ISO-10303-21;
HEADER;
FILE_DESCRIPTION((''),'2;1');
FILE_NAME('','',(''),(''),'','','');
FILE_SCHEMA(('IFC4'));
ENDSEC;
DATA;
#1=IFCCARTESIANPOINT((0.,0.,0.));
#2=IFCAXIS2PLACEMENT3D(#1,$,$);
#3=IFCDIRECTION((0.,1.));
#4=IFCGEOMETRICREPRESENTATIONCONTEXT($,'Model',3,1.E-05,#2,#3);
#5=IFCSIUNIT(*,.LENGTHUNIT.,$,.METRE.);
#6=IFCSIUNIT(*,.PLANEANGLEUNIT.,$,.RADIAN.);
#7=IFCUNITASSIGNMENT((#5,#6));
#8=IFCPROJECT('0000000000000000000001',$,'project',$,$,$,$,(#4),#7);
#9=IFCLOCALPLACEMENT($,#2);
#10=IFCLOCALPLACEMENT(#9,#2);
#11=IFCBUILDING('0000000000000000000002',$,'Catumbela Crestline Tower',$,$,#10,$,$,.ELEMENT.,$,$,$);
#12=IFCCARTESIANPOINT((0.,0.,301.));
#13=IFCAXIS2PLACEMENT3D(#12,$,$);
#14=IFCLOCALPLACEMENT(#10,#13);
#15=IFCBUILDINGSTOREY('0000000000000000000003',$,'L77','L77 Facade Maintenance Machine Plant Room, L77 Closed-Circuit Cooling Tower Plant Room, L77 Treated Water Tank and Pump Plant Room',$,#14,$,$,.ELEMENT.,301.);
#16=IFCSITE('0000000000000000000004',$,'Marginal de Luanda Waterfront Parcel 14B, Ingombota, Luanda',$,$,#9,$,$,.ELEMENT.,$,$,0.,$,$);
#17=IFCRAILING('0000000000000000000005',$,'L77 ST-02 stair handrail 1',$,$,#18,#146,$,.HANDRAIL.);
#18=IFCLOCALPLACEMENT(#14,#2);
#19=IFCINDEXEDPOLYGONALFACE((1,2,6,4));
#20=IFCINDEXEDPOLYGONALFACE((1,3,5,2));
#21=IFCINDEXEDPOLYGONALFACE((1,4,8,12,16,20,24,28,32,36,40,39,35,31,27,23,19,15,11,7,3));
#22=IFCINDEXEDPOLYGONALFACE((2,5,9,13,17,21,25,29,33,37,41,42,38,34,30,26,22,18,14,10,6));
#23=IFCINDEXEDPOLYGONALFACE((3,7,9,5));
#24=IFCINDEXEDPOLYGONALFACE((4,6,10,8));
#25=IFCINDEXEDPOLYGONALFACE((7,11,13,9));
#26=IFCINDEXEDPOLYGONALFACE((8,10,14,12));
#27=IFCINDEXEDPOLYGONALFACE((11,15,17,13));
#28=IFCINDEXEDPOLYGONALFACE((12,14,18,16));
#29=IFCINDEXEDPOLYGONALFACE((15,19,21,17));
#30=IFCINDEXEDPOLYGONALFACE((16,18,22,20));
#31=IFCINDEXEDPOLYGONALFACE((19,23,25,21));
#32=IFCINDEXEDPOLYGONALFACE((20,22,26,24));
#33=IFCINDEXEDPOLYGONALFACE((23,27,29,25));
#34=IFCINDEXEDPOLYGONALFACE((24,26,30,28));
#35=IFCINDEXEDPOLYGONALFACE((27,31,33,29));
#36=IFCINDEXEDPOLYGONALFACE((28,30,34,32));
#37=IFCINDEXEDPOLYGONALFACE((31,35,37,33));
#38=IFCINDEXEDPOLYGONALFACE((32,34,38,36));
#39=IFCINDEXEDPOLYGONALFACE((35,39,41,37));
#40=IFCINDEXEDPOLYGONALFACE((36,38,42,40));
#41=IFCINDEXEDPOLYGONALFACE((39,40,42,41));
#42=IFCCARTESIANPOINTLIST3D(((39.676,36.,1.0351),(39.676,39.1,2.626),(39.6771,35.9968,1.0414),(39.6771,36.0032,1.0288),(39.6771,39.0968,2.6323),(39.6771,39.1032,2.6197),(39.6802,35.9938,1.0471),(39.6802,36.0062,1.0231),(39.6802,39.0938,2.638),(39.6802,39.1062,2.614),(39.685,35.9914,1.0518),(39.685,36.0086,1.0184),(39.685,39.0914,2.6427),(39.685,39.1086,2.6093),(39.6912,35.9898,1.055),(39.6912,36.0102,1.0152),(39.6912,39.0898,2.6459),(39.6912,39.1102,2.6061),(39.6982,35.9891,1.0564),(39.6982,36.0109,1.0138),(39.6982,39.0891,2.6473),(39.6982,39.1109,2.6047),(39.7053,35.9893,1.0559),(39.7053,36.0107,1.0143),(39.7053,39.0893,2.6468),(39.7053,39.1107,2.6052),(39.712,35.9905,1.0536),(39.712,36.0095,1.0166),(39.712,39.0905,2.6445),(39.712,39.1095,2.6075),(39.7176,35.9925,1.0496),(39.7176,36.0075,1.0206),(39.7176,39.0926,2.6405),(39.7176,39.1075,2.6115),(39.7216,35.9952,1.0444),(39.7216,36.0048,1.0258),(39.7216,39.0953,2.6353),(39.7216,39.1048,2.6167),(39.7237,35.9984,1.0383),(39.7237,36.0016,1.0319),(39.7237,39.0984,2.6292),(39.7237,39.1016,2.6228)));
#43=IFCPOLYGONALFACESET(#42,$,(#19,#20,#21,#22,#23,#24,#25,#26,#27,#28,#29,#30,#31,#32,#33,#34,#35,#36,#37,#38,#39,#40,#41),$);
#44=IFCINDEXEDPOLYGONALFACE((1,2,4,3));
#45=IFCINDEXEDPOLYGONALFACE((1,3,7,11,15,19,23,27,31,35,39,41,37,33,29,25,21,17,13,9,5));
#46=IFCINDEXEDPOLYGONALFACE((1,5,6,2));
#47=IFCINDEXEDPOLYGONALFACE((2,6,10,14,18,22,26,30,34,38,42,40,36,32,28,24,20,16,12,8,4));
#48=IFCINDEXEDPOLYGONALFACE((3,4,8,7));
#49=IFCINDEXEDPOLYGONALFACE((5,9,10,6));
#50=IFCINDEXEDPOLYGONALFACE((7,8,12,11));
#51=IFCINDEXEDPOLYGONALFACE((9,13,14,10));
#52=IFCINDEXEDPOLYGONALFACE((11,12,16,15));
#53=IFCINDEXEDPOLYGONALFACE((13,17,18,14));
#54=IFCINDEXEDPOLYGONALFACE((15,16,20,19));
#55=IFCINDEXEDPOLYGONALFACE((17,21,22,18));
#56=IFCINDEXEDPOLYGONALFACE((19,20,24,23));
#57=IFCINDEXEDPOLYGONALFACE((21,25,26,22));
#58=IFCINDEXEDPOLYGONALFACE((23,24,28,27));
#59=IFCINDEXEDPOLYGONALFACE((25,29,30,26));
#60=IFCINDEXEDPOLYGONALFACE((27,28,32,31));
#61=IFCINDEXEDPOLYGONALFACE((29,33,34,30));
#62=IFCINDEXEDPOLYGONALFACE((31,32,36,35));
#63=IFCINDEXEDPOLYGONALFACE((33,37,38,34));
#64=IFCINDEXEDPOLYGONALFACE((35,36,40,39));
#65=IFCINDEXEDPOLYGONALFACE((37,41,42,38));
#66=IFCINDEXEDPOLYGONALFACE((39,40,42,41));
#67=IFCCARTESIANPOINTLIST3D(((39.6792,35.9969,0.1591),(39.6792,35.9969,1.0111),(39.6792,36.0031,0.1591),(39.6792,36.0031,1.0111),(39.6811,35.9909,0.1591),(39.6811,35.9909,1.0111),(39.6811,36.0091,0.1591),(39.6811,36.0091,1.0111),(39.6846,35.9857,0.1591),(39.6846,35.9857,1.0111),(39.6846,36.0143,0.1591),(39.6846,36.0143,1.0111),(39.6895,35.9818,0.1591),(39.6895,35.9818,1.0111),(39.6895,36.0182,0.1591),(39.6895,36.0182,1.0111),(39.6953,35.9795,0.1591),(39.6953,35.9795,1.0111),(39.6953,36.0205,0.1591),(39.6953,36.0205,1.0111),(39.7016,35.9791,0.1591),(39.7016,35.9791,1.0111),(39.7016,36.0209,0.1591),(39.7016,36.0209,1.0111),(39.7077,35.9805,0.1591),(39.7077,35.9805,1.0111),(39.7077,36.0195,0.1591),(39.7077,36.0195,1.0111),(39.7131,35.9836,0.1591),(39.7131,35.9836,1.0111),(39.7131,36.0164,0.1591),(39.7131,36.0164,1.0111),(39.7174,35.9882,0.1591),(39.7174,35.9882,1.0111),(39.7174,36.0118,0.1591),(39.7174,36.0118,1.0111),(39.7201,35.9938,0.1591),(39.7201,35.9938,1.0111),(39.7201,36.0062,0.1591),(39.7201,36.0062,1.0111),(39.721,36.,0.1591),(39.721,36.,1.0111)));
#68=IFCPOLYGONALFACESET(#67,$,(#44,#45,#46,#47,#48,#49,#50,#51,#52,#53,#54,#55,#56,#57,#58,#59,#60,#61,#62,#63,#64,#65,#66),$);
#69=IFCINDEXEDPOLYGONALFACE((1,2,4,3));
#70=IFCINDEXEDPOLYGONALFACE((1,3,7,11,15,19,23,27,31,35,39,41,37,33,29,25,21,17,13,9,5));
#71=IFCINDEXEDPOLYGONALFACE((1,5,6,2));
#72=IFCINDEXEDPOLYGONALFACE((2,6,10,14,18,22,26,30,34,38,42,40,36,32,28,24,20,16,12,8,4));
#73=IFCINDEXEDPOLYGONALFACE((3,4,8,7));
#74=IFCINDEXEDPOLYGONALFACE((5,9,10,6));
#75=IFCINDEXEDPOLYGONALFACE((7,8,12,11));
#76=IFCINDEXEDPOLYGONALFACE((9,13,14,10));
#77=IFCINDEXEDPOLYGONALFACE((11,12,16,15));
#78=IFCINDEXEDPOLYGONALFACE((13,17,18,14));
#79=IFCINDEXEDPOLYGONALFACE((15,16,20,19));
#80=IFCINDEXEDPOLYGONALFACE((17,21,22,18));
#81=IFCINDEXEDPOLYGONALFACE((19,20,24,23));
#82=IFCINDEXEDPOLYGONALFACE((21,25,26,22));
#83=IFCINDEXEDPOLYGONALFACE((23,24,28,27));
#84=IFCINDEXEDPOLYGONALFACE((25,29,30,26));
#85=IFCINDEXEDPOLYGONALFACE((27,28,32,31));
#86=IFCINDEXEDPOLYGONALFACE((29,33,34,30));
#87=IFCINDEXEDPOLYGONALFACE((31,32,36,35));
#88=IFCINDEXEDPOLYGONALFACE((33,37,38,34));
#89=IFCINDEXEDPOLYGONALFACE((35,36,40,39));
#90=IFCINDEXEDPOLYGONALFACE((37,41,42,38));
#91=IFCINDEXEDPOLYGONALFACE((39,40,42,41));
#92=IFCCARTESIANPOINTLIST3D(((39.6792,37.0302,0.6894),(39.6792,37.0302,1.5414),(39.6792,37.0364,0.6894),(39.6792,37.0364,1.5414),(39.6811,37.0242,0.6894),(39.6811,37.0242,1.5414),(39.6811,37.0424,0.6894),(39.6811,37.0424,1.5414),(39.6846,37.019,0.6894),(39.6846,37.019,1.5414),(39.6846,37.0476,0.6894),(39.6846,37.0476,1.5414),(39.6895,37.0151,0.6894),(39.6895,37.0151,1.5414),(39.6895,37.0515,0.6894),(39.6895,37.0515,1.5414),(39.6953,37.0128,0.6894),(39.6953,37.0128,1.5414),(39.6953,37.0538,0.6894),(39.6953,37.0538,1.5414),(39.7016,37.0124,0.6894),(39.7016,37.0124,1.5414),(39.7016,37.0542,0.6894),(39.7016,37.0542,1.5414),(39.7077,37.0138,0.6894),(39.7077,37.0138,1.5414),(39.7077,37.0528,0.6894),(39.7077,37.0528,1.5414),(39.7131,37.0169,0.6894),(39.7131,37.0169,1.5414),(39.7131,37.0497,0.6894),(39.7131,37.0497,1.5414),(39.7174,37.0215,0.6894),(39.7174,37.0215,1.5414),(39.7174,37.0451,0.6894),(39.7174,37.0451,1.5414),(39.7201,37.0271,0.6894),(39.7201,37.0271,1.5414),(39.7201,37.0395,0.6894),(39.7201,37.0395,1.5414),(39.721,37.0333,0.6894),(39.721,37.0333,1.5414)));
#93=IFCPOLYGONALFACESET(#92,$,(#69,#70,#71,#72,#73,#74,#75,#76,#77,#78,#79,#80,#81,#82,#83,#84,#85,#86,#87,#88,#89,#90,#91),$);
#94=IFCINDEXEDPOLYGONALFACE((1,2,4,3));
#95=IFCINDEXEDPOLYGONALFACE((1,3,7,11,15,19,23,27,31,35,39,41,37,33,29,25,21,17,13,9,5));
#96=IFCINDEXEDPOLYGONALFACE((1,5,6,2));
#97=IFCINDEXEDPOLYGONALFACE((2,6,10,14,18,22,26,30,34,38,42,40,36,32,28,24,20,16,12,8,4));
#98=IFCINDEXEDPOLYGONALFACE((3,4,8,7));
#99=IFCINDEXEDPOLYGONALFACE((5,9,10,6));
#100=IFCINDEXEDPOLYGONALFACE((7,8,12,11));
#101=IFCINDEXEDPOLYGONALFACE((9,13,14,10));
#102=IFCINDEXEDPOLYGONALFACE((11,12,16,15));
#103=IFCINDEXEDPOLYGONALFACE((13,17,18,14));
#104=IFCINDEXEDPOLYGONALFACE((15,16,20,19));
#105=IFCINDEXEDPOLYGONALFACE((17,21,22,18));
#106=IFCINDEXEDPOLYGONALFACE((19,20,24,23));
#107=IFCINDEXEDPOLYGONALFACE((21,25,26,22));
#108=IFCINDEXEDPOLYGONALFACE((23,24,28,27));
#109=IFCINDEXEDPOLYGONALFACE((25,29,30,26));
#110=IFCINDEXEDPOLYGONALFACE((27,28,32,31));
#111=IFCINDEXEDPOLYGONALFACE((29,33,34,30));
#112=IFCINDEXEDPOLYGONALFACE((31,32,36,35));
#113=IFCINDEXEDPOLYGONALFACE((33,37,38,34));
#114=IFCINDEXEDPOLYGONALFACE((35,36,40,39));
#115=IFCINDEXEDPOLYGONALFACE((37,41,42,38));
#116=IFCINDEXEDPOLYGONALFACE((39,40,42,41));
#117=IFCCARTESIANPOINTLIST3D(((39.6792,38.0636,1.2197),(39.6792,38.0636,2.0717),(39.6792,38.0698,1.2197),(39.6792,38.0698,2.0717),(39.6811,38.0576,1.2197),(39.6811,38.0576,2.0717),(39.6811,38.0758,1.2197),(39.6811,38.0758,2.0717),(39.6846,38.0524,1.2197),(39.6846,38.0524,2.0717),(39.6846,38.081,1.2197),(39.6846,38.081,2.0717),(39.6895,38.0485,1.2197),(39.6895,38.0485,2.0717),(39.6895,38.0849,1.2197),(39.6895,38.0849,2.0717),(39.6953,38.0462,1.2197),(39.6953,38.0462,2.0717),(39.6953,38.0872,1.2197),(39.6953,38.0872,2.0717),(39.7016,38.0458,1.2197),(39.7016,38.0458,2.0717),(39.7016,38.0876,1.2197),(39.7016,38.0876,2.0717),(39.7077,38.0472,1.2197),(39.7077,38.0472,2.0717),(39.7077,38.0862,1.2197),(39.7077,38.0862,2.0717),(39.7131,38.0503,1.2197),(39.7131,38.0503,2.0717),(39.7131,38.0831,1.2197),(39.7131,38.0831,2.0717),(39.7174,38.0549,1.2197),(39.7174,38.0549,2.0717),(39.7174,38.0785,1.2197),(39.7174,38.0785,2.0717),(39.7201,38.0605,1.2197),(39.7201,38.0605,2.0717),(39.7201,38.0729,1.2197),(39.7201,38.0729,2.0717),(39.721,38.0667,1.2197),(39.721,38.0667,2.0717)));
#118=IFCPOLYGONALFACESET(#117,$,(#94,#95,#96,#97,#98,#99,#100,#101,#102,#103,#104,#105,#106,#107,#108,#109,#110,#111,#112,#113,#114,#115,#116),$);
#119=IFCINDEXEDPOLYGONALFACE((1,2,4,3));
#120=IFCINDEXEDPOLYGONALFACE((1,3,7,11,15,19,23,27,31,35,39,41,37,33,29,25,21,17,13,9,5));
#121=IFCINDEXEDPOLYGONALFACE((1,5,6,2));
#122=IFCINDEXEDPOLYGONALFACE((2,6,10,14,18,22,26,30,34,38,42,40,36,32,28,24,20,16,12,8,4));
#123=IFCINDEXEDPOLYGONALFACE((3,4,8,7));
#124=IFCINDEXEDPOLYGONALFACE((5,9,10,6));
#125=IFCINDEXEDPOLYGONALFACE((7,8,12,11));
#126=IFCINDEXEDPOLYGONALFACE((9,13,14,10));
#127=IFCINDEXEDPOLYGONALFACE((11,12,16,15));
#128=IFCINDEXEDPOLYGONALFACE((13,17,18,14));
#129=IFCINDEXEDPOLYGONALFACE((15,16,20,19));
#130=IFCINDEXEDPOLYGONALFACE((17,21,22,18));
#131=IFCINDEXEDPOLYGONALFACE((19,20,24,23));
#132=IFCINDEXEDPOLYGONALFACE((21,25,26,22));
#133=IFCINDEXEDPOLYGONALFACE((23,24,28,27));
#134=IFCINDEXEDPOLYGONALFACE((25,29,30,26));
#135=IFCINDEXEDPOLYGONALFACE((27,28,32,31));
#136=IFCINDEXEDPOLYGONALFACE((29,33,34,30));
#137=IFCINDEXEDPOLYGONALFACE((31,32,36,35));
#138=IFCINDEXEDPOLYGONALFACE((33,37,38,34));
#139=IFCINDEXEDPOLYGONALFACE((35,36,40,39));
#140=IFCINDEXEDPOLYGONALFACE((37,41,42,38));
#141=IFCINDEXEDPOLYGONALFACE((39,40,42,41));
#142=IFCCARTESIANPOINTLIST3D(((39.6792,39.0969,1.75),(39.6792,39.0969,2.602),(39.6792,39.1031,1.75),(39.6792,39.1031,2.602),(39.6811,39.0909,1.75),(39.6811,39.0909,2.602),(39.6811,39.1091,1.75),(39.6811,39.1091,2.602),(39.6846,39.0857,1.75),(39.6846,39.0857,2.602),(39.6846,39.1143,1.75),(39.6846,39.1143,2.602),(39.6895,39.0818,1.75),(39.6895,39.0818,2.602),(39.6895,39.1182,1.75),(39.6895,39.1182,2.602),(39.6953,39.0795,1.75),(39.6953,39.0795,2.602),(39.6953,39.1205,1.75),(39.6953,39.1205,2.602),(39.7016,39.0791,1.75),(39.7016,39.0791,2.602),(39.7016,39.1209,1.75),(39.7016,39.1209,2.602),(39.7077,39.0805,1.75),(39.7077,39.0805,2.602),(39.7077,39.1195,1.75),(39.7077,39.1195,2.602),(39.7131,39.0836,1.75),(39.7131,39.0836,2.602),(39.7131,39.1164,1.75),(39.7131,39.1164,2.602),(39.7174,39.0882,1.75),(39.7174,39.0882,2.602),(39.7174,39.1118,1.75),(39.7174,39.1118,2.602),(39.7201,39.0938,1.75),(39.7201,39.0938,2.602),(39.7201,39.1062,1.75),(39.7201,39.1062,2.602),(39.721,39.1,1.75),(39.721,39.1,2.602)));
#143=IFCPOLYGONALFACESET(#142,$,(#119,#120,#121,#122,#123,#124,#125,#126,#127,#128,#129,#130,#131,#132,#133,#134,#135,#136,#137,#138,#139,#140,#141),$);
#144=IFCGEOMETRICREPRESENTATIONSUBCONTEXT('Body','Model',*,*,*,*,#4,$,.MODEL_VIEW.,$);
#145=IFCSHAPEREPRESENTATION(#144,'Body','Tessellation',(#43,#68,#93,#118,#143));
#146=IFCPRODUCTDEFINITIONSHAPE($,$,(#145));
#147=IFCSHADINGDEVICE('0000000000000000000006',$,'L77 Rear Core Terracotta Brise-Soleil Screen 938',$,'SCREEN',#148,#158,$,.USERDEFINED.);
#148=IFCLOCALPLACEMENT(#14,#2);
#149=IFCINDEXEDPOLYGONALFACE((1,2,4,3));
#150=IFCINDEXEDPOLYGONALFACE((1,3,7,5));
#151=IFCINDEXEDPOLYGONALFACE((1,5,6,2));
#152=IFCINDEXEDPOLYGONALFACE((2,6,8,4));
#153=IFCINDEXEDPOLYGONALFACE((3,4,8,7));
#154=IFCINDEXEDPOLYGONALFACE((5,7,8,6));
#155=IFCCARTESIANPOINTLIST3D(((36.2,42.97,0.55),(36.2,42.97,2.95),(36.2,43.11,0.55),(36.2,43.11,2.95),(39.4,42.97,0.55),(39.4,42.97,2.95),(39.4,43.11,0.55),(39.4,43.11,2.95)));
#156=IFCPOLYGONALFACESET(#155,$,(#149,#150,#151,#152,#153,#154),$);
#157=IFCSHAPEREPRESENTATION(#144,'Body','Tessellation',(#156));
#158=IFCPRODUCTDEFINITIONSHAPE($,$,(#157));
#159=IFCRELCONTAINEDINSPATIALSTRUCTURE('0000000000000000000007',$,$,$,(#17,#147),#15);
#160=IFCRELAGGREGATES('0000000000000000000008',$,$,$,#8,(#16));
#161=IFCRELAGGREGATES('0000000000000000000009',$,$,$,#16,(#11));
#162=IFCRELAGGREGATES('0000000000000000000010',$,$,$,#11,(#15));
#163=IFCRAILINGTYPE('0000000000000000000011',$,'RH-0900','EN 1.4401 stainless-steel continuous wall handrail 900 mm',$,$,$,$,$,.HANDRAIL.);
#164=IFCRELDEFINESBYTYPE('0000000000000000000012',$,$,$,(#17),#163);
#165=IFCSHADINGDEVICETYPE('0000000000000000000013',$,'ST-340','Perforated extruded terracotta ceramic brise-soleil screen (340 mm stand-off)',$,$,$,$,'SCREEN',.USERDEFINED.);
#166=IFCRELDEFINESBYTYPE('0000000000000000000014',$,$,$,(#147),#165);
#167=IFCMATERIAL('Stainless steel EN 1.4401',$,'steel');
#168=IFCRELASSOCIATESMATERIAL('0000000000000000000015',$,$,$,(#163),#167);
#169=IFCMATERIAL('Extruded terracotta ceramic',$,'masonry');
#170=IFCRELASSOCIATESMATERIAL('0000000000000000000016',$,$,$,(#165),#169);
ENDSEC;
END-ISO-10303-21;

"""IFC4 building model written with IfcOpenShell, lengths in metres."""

from ifc_helpers import new_model, si_unit, direction, frame, origin, origin_2d, place, context, subcontext, project, spatial, rectangle, circle, extrude, material, type_object, element, save


model = new_model("IFC4")

# Units and contexts
model_context = context("Model", 3, precision=1e-05, world=origin(), true_north=direction((0.0, 1.0)))
body_context = subcontext(model_context, "Body", "Model", "MODEL_VIEW")
ifc_project = project(units=[si_unit("LENGTHUNIT", "METRE"), si_unit("PLANEANGLEUNIT", "RADIAN")], contexts=[model_context])

# Site, building, storey
site_placement = place(None, origin())
site = spatial("IfcSite", under=ifc_project, at=site_placement, Name="Marginal de Luanda Waterfront Parcel 14B, Ingombota, Luanda", CompositionType="ELEMENT", RefElevation=0.0)
building_placement = place(site_placement, origin())
building = spatial("IfcBuilding", under=site, at=building_placement, Name="Catumbela Crestline Tower", CompositionType="ELEMENT")
storey_placement = place(building_placement, frame((0.0, 0.0, 301.0)))
storey = spatial("IfcBuildingStorey", under=building, at=storey_placement, Name="L77", Description="L77 Facade Maintenance Machine Plant Room, L77 Closed-Circuit Cooling Tower Plant Room, L77 Treated Water Tank and Pump Plant Room", CompositionType="ELEMENT", Elevation=301.0)

# Railing
ifc_material_1 = material(Name="Stainless steel EN 1.4401", Category="steel")
railing_type_1 = type_object("IfcRailingType", Name="RH-0900", Description="EN 1.4401 stainless-steel continuous wall handrail 900 mm", PredefinedType="HANDRAIL", material=ifc_material_1)
railing_1_placement = place(storey_placement, frame((39.7, 36.0, 0.1591)))
element("IfcRailing", 1, at=railing_1_placement, inside=storey, type_object=railing_type_1, Name="L77 ST-02 stair handrail 1", PredefinedType="HANDRAIL", context=body_context, shape_type="SweptSolid", body=[
    extrude(circle(Radius=0.024, at=origin_2d()), frame((0.0, 0.0, 0.876), z_axis=(0.0, 0.889683, 0.456579), x_axis=(-1.0, 0.0, 0.0)), (0.0, 0.0, 1.0), 3.4844),
    extrude(circle(Radius=0.021, at=origin_2d()), origin(), (0.0, 0.0, 1.0), 0.852),
    extrude(circle(Radius=0.021, at=origin_2d()), frame((0.0, 1.0333, 0.5303)), (0.0, 0.0, 1.0), 0.852),
    extrude(circle(Radius=0.021, at=origin_2d()), frame((0.0, 2.0667, 1.0606)), (0.0, 0.0, 1.0), 0.852),
    extrude(circle(Radius=0.021, at=origin_2d()), frame((0.0, 3.1, 1.5909)), (0.0, 0.0, 1.0), 0.852),
])

# Shading device
ifc_material_2 = material(Name="Extruded terracotta ceramic", Category="masonry")
shading_device_type = type_object("IfcShadingDeviceType", Name="ST-340", Description="Perforated extruded terracotta ceramic brise-soleil screen (340 mm stand-off)", ElementType="SCREEN", PredefinedType="USERDEFINED", material=ifc_material_2)
shading_device_placement = place(storey_placement, frame((37.8, 43.04, 0.55), z_axis=(0.0, 0.0, 1.0), x_axis=(1.0, 0.0, 0.0)))
element("IfcShadingDevice", 2, at=shading_device_placement, inside=storey, type_object=shading_device_type, Name="L77 Rear Core Terracotta Brise-Soleil Screen 938", ObjectType="SCREEN", PredefinedType="USERDEFINED", context=body_context, shape_type="SweptSolid", body=[
    extrude(rectangle(XDim=3.2, YDim=0.14, at=origin_2d()), origin(), (0.0, 0.0, 1.0), 2.4),
])

save(model, "model.ifc")
